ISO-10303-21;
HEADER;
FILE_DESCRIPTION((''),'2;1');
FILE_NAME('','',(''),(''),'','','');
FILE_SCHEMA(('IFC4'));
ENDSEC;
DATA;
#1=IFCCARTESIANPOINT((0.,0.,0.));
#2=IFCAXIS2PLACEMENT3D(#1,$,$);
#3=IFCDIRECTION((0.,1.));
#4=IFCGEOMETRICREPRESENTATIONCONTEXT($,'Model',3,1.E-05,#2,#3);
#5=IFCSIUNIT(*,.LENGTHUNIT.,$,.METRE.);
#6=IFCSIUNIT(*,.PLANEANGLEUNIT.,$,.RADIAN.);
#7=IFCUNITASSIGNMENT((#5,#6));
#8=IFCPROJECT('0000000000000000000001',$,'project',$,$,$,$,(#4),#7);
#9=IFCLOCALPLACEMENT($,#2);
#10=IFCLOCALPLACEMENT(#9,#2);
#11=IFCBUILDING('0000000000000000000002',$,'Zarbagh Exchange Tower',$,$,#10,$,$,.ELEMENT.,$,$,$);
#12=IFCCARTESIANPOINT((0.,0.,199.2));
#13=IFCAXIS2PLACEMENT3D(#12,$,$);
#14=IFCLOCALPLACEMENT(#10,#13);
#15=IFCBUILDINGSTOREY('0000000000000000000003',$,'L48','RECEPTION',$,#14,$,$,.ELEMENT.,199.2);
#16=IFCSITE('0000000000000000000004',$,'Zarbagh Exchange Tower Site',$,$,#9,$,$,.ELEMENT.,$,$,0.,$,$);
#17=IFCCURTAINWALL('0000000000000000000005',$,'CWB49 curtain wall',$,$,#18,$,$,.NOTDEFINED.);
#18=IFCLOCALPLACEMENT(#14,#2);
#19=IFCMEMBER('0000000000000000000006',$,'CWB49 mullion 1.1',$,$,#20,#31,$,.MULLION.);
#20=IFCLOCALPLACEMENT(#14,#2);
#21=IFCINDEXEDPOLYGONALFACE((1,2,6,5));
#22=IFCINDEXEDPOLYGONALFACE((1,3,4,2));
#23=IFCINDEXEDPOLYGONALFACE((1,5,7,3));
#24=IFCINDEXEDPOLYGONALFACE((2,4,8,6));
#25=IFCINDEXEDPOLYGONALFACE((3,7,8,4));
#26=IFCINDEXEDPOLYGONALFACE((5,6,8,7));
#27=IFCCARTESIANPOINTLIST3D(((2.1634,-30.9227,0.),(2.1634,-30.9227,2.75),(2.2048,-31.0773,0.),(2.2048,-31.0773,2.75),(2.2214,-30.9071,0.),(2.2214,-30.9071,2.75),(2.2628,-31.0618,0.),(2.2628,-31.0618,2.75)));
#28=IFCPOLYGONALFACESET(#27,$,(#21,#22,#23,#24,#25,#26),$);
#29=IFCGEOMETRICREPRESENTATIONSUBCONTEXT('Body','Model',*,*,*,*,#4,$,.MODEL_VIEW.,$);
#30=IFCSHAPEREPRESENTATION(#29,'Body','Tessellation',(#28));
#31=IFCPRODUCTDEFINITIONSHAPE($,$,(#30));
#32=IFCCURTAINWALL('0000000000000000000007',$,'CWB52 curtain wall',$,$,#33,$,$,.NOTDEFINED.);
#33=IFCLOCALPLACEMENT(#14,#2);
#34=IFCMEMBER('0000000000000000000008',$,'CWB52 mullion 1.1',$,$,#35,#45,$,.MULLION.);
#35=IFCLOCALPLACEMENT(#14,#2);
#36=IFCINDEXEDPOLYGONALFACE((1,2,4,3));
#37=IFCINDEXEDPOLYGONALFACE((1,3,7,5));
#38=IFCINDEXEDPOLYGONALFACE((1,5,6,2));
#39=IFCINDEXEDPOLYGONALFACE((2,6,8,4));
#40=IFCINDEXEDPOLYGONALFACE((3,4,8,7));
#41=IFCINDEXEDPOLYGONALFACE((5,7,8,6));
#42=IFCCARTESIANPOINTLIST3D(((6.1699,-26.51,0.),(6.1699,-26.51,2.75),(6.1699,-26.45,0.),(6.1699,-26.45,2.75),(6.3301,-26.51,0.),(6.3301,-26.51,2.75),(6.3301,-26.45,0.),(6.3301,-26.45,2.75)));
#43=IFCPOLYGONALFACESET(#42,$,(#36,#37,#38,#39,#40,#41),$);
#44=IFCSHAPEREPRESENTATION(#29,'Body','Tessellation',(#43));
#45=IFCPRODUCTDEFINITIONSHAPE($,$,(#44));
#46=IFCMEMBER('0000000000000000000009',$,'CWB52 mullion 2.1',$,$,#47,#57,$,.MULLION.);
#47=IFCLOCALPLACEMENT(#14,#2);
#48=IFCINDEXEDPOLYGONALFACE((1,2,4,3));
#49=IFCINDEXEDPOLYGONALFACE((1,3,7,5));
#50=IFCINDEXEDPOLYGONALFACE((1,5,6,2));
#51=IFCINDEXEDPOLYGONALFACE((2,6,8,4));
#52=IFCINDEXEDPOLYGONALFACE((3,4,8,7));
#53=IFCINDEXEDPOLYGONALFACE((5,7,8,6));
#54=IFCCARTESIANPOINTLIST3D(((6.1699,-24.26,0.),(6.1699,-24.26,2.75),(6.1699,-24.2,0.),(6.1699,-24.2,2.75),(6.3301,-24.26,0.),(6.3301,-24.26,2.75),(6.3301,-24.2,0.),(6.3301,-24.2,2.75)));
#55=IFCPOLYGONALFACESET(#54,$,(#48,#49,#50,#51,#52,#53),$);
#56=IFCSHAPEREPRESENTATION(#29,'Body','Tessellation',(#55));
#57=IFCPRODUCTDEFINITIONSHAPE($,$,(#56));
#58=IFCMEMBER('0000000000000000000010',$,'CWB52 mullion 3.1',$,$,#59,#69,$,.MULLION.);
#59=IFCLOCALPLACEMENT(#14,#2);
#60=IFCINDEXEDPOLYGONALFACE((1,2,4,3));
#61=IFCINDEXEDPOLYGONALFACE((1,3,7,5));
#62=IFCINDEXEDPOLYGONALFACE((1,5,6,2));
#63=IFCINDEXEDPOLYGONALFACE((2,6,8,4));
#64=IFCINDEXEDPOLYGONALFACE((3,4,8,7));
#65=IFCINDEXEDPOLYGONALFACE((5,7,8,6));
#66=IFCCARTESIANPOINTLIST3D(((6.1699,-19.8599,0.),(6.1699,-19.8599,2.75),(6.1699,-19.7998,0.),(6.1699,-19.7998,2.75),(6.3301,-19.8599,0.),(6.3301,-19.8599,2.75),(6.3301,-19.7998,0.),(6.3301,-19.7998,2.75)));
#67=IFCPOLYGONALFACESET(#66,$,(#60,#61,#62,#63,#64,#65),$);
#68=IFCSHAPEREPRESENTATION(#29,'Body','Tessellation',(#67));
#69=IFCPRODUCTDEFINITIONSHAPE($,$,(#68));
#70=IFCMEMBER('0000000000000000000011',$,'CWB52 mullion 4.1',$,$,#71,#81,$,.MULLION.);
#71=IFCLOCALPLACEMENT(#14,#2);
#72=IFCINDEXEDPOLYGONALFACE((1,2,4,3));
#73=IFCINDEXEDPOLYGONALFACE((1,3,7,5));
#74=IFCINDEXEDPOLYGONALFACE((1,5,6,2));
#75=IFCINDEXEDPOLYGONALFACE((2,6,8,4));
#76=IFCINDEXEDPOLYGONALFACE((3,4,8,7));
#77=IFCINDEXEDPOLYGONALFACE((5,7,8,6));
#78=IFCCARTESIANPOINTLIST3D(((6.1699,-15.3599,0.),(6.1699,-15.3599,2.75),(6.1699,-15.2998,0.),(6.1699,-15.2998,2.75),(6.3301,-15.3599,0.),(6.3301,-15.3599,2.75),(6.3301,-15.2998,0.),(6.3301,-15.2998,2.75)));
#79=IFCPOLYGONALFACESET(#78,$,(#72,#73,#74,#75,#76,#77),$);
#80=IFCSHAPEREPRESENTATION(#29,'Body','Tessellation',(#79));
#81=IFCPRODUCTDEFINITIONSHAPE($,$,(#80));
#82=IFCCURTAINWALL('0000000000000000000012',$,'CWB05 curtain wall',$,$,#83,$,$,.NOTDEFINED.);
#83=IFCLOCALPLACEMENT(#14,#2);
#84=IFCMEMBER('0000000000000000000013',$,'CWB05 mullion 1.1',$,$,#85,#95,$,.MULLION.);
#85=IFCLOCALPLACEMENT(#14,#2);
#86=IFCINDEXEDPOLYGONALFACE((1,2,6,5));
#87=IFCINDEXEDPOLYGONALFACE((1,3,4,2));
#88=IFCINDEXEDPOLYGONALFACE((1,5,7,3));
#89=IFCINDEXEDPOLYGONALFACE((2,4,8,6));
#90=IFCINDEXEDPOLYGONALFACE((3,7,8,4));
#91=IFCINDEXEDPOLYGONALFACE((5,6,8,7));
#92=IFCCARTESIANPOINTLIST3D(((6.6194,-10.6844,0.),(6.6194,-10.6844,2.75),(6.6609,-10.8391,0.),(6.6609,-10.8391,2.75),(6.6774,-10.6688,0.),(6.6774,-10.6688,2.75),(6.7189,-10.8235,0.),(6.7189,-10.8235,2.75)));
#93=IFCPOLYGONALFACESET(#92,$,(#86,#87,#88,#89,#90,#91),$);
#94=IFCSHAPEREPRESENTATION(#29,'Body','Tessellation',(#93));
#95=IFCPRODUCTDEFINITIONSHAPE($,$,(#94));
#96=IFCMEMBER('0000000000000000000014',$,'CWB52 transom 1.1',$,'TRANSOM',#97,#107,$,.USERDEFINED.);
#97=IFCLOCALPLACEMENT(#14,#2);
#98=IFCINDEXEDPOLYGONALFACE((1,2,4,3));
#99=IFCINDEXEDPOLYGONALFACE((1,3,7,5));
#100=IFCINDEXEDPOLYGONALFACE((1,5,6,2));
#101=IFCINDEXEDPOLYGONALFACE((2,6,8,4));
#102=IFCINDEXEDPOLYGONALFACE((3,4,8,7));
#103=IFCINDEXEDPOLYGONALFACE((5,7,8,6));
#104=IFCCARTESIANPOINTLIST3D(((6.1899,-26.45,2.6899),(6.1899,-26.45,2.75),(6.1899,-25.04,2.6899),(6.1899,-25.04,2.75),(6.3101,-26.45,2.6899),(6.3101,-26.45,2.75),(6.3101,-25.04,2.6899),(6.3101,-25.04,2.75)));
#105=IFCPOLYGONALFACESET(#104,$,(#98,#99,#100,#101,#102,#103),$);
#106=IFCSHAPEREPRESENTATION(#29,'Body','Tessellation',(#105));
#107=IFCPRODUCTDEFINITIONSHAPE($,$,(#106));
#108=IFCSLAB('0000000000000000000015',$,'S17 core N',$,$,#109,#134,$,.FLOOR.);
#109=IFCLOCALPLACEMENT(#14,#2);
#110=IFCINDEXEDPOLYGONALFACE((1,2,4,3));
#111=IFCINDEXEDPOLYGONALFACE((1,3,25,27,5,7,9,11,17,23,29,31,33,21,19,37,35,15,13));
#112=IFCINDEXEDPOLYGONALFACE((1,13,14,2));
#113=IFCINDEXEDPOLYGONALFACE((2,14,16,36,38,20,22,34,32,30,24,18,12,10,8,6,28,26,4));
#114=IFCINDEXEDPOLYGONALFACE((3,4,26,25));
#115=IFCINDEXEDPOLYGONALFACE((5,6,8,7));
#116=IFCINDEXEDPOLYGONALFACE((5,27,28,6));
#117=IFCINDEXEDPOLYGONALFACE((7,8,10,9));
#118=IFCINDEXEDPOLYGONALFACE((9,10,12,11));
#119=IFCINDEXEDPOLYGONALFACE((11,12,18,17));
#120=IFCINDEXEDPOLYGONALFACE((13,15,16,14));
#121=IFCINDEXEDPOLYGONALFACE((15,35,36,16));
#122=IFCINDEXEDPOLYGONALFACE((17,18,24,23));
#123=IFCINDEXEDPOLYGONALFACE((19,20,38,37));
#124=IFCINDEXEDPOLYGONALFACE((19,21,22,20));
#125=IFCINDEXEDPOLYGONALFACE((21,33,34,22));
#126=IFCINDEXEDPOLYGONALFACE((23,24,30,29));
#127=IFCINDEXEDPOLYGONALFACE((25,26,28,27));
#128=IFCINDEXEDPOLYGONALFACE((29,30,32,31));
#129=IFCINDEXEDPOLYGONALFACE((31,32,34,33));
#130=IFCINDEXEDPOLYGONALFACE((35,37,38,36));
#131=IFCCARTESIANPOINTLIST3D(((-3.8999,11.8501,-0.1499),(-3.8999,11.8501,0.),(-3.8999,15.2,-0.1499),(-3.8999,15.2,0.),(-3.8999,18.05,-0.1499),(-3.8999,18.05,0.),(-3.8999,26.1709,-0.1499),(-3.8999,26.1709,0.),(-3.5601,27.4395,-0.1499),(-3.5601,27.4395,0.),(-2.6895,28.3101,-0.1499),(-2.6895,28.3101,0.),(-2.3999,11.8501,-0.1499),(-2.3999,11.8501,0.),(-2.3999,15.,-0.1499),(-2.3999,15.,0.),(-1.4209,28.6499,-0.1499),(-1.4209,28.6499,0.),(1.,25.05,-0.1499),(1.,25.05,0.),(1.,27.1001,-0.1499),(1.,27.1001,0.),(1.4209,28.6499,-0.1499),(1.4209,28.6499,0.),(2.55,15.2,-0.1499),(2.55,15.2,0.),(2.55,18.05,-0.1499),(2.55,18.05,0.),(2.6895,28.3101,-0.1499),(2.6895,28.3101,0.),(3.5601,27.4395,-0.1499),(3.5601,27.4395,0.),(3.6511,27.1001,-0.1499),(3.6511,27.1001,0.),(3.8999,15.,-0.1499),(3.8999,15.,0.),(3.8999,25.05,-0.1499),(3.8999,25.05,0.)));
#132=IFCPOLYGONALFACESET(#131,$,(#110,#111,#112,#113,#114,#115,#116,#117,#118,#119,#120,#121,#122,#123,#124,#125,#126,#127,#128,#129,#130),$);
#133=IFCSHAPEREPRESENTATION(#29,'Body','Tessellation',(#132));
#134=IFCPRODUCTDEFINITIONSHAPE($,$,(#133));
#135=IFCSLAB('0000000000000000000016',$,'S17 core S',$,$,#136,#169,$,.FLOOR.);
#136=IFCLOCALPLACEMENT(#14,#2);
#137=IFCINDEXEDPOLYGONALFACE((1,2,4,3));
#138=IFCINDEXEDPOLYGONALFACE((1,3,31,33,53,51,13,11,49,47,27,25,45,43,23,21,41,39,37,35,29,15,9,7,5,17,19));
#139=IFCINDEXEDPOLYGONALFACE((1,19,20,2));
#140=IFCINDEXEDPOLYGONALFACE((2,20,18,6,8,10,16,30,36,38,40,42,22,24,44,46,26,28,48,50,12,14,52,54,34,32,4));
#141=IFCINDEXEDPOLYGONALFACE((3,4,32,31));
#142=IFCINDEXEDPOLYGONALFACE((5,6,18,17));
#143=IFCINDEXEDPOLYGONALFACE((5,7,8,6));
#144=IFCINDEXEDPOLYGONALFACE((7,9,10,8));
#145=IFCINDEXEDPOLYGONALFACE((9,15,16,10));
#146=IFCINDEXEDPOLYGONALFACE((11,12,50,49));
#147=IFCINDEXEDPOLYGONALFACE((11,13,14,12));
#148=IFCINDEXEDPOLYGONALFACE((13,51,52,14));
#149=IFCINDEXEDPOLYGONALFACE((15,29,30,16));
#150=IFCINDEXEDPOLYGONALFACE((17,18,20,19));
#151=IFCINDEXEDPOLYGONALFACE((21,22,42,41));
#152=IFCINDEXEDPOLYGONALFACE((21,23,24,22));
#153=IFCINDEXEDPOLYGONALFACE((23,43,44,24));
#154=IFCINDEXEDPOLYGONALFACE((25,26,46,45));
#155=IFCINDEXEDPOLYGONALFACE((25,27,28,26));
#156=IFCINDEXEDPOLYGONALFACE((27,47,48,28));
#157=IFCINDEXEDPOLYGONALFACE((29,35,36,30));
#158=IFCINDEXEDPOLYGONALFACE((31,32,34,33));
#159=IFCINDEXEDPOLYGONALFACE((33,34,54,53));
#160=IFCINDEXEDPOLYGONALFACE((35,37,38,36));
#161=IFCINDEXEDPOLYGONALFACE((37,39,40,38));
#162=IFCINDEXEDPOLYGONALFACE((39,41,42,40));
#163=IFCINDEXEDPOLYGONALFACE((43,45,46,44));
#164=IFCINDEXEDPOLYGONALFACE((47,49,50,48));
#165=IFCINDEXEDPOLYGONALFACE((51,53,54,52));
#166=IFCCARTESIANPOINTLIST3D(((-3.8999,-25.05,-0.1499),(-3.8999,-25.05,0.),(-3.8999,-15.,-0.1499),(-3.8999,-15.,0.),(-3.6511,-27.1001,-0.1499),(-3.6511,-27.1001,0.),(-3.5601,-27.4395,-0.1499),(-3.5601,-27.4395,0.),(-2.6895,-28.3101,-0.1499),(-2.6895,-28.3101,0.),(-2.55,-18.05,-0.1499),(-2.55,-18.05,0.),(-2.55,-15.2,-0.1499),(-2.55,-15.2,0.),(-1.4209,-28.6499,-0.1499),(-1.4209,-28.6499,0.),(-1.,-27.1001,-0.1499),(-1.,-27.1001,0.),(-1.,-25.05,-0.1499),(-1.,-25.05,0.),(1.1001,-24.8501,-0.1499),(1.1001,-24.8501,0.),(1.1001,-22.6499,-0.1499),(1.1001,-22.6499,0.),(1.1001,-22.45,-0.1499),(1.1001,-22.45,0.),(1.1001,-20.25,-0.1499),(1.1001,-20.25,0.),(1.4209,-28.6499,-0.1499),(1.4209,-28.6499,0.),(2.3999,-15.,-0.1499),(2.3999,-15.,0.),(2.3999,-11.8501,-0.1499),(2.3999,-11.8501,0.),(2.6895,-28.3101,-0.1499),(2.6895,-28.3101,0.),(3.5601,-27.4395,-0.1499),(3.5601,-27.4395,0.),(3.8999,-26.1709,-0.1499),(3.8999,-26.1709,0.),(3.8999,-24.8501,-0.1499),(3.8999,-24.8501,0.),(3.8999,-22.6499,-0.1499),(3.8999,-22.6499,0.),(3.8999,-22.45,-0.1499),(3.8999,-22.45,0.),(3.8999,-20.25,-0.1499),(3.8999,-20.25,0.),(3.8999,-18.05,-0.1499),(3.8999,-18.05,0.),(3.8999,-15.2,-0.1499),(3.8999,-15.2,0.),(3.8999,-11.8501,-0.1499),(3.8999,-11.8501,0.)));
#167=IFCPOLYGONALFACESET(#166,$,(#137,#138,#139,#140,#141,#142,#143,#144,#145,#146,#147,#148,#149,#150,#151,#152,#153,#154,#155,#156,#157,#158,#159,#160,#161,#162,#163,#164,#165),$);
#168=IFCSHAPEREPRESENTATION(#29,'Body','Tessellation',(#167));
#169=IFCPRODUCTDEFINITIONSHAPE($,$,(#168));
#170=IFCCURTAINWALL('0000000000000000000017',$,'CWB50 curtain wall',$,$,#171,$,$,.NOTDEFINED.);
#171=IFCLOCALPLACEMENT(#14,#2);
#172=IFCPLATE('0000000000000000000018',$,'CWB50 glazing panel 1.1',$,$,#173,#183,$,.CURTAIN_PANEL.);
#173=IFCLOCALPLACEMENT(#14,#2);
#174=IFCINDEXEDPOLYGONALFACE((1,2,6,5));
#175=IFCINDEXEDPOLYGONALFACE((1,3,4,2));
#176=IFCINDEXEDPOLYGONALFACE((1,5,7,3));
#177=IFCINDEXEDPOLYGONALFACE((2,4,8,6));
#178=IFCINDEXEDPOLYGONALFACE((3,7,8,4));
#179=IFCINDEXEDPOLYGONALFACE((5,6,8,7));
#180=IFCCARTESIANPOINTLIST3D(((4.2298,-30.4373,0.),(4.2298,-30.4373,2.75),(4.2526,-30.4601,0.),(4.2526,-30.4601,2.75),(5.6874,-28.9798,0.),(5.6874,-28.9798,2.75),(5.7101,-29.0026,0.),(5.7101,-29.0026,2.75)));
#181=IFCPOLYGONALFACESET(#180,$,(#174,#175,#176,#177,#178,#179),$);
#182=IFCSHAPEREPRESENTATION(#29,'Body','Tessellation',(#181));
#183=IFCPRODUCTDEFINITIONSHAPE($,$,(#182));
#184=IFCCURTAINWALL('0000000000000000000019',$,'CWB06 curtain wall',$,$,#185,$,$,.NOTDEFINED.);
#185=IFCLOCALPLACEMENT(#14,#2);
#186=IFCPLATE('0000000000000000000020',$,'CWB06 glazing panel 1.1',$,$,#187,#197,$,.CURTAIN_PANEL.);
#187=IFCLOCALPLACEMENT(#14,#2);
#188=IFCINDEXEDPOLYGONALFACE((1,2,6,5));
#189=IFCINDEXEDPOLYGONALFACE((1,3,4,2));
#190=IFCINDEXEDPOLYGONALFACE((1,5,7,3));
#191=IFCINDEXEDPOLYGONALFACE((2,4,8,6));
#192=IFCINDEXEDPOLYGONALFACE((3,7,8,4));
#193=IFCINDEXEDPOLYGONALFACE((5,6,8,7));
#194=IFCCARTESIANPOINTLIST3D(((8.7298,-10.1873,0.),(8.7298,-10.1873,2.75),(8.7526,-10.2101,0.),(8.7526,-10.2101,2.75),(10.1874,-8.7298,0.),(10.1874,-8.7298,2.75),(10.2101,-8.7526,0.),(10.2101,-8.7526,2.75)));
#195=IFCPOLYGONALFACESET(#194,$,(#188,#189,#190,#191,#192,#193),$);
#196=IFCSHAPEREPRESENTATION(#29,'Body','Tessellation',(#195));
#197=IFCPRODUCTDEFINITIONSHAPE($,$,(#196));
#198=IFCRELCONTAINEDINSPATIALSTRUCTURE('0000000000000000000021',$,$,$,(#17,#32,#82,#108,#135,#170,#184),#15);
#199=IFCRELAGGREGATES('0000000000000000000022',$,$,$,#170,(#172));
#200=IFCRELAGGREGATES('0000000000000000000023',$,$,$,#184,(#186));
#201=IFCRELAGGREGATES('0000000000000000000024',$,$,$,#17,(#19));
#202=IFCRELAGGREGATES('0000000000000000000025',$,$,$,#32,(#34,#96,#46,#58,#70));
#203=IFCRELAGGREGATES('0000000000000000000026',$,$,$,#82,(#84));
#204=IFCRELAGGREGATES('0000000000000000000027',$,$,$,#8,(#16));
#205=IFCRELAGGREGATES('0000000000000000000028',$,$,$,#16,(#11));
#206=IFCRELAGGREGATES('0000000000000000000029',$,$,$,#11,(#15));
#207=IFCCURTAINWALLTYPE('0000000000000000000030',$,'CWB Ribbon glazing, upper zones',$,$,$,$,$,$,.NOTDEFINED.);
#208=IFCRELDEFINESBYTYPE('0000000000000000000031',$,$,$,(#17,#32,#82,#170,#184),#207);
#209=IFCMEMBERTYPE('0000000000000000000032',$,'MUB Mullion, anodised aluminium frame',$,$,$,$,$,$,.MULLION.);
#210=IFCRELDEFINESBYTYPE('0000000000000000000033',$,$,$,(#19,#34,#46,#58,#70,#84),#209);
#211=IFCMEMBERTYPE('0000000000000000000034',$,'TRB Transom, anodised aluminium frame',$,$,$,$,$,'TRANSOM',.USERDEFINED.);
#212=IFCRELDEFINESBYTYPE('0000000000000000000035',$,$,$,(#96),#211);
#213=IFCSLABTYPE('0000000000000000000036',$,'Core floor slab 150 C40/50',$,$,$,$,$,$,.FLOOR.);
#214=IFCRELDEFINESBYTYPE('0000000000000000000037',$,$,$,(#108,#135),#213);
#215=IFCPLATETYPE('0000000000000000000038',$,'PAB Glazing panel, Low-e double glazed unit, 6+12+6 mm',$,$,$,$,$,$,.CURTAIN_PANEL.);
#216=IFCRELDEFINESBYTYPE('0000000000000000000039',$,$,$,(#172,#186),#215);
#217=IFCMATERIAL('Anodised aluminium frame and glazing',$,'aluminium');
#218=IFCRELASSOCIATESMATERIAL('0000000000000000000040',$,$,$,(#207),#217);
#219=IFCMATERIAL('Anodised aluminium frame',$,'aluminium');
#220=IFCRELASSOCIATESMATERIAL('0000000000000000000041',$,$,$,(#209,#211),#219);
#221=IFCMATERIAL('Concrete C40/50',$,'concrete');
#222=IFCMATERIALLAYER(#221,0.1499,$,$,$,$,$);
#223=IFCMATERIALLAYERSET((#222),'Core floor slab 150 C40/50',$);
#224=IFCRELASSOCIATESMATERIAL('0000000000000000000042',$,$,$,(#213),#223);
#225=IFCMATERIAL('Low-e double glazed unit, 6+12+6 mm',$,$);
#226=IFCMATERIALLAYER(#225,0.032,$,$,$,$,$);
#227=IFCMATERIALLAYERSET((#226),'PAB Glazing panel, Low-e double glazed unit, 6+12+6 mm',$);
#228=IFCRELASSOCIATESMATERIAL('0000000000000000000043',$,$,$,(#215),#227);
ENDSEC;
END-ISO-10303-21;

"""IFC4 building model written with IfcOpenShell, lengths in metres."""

from ifc_helpers import new_model, si_unit, direction, frame, origin, place, context, subcontext, project, spatial, polyline, outline, extrude, source, transform, mapped, material, layer, layer_set, type_object, element, aggregate, save


model = new_model("IFC4")

# Units and contexts
model_context = context("Model", 3, precision=1e-05, world=origin(), true_north=direction((0.0, 1.0)))
body_context = subcontext(model_context, "Body", "Model", "MODEL_VIEW")
ifc_project = project(units=[si_unit("LENGTHUNIT", "METRE"), si_unit("PLANEANGLEUNIT", "RADIAN")], contexts=[model_context])

# Site, building, storey
site_placement = place(None, origin())
site = spatial("IfcSite", under=ifc_project, at=site_placement, Name="Zarbagh Exchange Tower Site", CompositionType="ELEMENT", RefElevation=0.0)
building_placement = place(site_placement, origin())
building = spatial("IfcBuilding", under=site, at=building_placement, Name="Zarbagh Exchange Tower", CompositionType="ELEMENT")
storey_placement = place(building_placement, frame((0.0, 0.0, 199.2)))
storey = spatial("IfcBuildingStorey", under=building, at=storey_placement, Name="L48", Description="RECEPTION", CompositionType="ELEMENT", Elevation=199.2)

# Curtain wall, member
ifc_material_1 = material(Name="Anodised aluminium frame and glazing", Category="aluminium")
curtain_wall_type = type_object("IfcCurtainWallType", Name="CWB Ribbon glazing, upper zones", PredefinedType="NOTDEFINED", material=ifc_material_1)
curtain_wall_1_placement = place(storey_placement, origin())
curtain_wall_1 = element("IfcCurtainWall", 1, at=curtain_wall_1_placement, inside=storey, type_object=curtain_wall_type, Name="CWB49 curtain wall", PredefinedType="NOTDEFINED")
ifc_material_2 = material(Name="Anodised aluminium frame", Category="aluminium")
member_type_1 = type_object("IfcMemberType", Name="MUB Mullion, anodised aluminium frame", PredefinedType="MULLION", material=ifc_material_2)
shared_shape_1 = source(origin(), body_context, "Body", "SweptSolid", [
    extrude(outline(polyline([(0.0, -0.0801), (0.0601, -0.0801), (0.0601, 0.0801), (0.0, 0.0801), (0.0, -0.0801)])), origin(), (0.0, 0.0, 1.0), 2.75),
])
placement = place(storey_placement, origin())
member_1 = element("IfcMember", 2, at=placement, type_object=member_type_1, Name="CWB49 mullion 1.1", PredefinedType="MULLION", context=body_context, shape_type="MappedRepresentation", body=[
    mapped(shared_shape_1, transform((2.1841, -31.0, 0.0), x_axis=(0.965924, 0.258825, 0.0), y_axis=(-0.258825, 0.965924, 0.0), z_axis=(0.0, 0.0, 1.0))),
])

# Curtain wall, members
curtain_wall_2_placement = place(storey_placement, origin())
curtain_wall_2 = element("IfcCurtainWall", 3, at=curtain_wall_2_placement, inside=storey, type_object=curtain_wall_type, Name="CWB52 curtain wall", PredefinedType="NOTDEFINED")
member_2 = element("IfcMember", 4, at=placement, type_object=member_type_1, Name="CWB52 mullion 1.1", PredefinedType="MULLION", context=body_context, shape_type="MappedRepresentation", body=[
    mapped(shared_shape_1, transform((6.25, -26.51, 0.0), x_axis=(0.0, 1.0, 0.0), y_axis=(-1.0, 0.0, 0.0), z_axis=(0.0, 0.0, 1.0))),
])
member_3 = element("IfcMember", 5, at=placement, type_object=member_type_1, Name="CWB52 mullion 2.1", PredefinedType="MULLION", context=body_context, shape_type="MappedRepresentation", body=[
    mapped(shared_shape_1, transform((6.25, -24.26, 0.0), x_axis=(0.0, 1.0, 0.0), y_axis=(-1.0, 0.0, 0.0), z_axis=(0.0, 0.0, 1.0))),
])
member_4 = element("IfcMember", 6, at=placement, type_object=member_type_1, Name="CWB52 mullion 3.1", PredefinedType="MULLION", context=body_context, shape_type="MappedRepresentation", body=[
    mapped(shared_shape_1, transform((6.25, -19.8599, 0.0), x_axis=(0.0, 1.0, 0.0), y_axis=(-1.0, 0.0, 0.0), z_axis=(0.0, 0.0, 1.0))),
])
member_5 = element("IfcMember", 7, at=placement, type_object=member_type_1, Name="CWB52 mullion 4.1", PredefinedType="MULLION", context=body_context, shape_type="MappedRepresentation", body=[
    mapped(shared_shape_1, transform((6.25, -15.3599, 0.0), x_axis=(0.0, 1.0, 0.0), y_axis=(-1.0, 0.0, 0.0), z_axis=(0.0, 0.0, 1.0))),
])

# Curtain wall, member
curtain_wall_3_placement = place(storey_placement, origin())
curtain_wall_3 = element("IfcCurtainWall", 8, at=curtain_wall_3_placement, inside=storey, type_object=curtain_wall_type, Name="CWB05 curtain wall", PredefinedType="NOTDEFINED")
member_6 = element("IfcMember", 9, at=placement, type_object=member_type_1, Name="CWB05 mullion 1.1", PredefinedType="MULLION", context=body_context, shape_type="MappedRepresentation", body=[
    mapped(shared_shape_1, transform((6.6401, -10.7617, 0.0), x_axis=(0.965924, 0.258825, 0.0), y_axis=(-0.258825, 0.965924, 0.0), z_axis=(0.0, 0.0, 1.0))),
])

# Member
member_type_2 = type_object("IfcMemberType", Name="TRB Transom, anodised aluminium frame", ElementType="TRANSOM", PredefinedType="USERDEFINED", material=ifc_material_2)
shared_shape_2 = source(origin(), body_context, "Body", "SweptSolid", [
    extrude(outline(polyline([(-0.0601, -0.0601), (0.0, -0.0601), (0.0, 0.0601), (-0.0601, 0.0601), (-0.0601, -0.0601)])), origin(), (0.0, 0.0, 1.0), 1.4099),
])
member_7 = element("IfcMember", 10, at=placement, type_object=member_type_2, Name="CWB52 transom 1.1", ObjectType="TRANSOM", PredefinedType="USERDEFINED", context=body_context, shape_type="MappedRepresentation", body=[
    mapped(shared_shape_2, transform((6.25, -26.45, 2.75), x_axis=(0.0, 0.0, 1.0), y_axis=(1.0, 0.0, 0.0), z_axis=(0.0, 1.0, 0.0))),
])

# Slabs
ifc_material_3 = material(Name="Concrete C40/50", Category="concrete")
ifc_layer_1 = layer(ifc_material_3, 0.1499)
ifc_layer_set_1 = layer_set([ifc_layer_1], Name="Core floor slab 150 C40/50")
slab_type = type_object("IfcSlabType", Name="Core floor slab 150 C40/50", PredefinedType="FLOOR", material=ifc_layer_set_1)
slab_1_placement = place(storey_placement, frame((0.0, 0.0, -0.1499)))
element("IfcSlab", 11, at=slab_1_placement, inside=storey, type_object=slab_type, Name="S17 core N", PredefinedType="FLOOR", context=body_context, shape_type="SweptSolid", body=[
    extrude(outline(polyline([(-3.8999, 11.8501), (-3.8999, 15.2), (2.55, 15.2), (2.55, 18.05), (-3.8999, 18.05), (-3.8999, 26.1709), (-3.5601, 27.4395), (-2.6895, 28.3101), (-1.4209, 28.6499), (1.4209, 28.6499), (2.6895, 28.3101), (3.5601, 27.4395), (3.6511, 27.1001), (1.0, 27.1001), (1.0, 25.05), (3.8999, 25.05), (3.8999, 15.0), (-2.3999, 15.0), (-2.3999, 11.8501), (-3.8999, 11.8501)])), origin(), (0.0, 0.0, 1.0), 0.1499),
])
slab_2_placement = place(storey_placement, frame((0.0, 0.0, -0.1499)))
element("IfcSlab", 12, at=slab_2_placement, inside=storey, type_object=slab_type, Name="S17 core S", PredefinedType="FLOOR", context=body_context, shape_type="SweptSolid", body=[
    extrude(outline(polyline([(-2.6895, -28.3101), (-3.5601, -27.4395), (-3.6511, -27.1001), (-1.0, -27.1001), (-1.0, -25.05), (-3.8999, -25.05), (-3.8999, -15.0), (2.3999, -15.0), (2.3999, -11.8501), (3.8999, -11.8501), (3.8999, -15.2), (-2.55, -15.2), (-2.55, -18.05), (3.8999, -18.05), (3.8999, -20.25), (1.1001, -20.25), (1.1001, -22.45), (3.8999, -22.45), (3.8999, -22.6499), (1.1001, -22.6499), (1.1001, -24.8501), (3.8999, -24.8501), (3.8999, -26.1709), (3.5601, -27.4395), (2.6895, -28.3101), (1.4209, -28.6499), (-1.4209, -28.6499), (-2.6895, -28.3101)])), origin(), (0.0, 0.0, 1.0), 0.1499),
])

# Curtain walls, plates
curtain_wall_4_placement = place(storey_placement, origin())
curtain_wall_4 = element("IfcCurtainWall", 13, at=curtain_wall_4_placement, inside=storey, type_object=curtain_wall_type, Name="CWB50 curtain wall", PredefinedType="NOTDEFINED")
ifc_material_4 = material(Name="Low-e double glazed unit, 6+12+6 mm")
ifc_layer_2 = layer(ifc_material_4, 0.032)
ifc_layer_set_2 = layer_set([ifc_layer_2], Name="PAB Glazing panel, Low-e double glazed unit, 6+12+6 mm")
plate_type = type_object("IfcPlateType", Name="PAB Glazing panel, Low-e double glazed unit, 6+12+6 mm", PredefinedType="CURTAIN_PANEL", material=ifc_layer_set_2)
shared_shape_3 = source(origin(), body_context, "Body", "SweptSolid", [
    extrude(outline(polyline([(0.0, -0.0161), (2.0613, -0.0161), (2.0613, 0.0161), (0.0, 0.0161), (0.0, -0.0161)])), origin(), (0.0, 0.0, 1.0), 2.75),
])
plate_1 = element("IfcPlate", 14, at=placement, type_object=plate_type, Name="CWB50 glazing panel 1.1", PredefinedType="CURTAIN_PANEL", context=body_context, shape_type="MappedRepresentation", body=[
    mapped(shared_shape_3, transform((4.2412, -30.4487, 0.0), x_axis=(0.707107, 0.707107, 0.0), y_axis=(-0.707107, 0.707107, 0.0), z_axis=(0.0, 0.0, 1.0))),
])
aggregate(curtain_wall_4, [plate_1])
curtain_wall_5_placement = place(storey_placement, origin())
curtain_wall_5 = element("IfcCurtainWall", 15, at=curtain_wall_5_placement, inside=storey, type_object=curtain_wall_type, Name="CWB06 curtain wall", PredefinedType="NOTDEFINED")
plate_2 = element("IfcPlate", 16, at=placement, type_object=plate_type, Name="CWB06 glazing panel 1.1", PredefinedType="CURTAIN_PANEL", context=body_context, shape_type="MappedRepresentation", body=[
    mapped(shared_shape_3, transform((8.7412, -10.1987, 0.0), x_axis=(0.707107, 0.707107, 0.0), y_axis=(-0.707107, 0.707107, 0.0), z_axis=(0.0, 0.0, 1.0))),
])
aggregate(curtain_wall_5, [plate_2])

aggregate(curtain_wall_1, [member_1])

aggregate(curtain_wall_2, [member_2, member_7, member_3, member_4, member_5])
aggregate(curtain_wall_3, [member_6])

save(model, "model.ifc")
